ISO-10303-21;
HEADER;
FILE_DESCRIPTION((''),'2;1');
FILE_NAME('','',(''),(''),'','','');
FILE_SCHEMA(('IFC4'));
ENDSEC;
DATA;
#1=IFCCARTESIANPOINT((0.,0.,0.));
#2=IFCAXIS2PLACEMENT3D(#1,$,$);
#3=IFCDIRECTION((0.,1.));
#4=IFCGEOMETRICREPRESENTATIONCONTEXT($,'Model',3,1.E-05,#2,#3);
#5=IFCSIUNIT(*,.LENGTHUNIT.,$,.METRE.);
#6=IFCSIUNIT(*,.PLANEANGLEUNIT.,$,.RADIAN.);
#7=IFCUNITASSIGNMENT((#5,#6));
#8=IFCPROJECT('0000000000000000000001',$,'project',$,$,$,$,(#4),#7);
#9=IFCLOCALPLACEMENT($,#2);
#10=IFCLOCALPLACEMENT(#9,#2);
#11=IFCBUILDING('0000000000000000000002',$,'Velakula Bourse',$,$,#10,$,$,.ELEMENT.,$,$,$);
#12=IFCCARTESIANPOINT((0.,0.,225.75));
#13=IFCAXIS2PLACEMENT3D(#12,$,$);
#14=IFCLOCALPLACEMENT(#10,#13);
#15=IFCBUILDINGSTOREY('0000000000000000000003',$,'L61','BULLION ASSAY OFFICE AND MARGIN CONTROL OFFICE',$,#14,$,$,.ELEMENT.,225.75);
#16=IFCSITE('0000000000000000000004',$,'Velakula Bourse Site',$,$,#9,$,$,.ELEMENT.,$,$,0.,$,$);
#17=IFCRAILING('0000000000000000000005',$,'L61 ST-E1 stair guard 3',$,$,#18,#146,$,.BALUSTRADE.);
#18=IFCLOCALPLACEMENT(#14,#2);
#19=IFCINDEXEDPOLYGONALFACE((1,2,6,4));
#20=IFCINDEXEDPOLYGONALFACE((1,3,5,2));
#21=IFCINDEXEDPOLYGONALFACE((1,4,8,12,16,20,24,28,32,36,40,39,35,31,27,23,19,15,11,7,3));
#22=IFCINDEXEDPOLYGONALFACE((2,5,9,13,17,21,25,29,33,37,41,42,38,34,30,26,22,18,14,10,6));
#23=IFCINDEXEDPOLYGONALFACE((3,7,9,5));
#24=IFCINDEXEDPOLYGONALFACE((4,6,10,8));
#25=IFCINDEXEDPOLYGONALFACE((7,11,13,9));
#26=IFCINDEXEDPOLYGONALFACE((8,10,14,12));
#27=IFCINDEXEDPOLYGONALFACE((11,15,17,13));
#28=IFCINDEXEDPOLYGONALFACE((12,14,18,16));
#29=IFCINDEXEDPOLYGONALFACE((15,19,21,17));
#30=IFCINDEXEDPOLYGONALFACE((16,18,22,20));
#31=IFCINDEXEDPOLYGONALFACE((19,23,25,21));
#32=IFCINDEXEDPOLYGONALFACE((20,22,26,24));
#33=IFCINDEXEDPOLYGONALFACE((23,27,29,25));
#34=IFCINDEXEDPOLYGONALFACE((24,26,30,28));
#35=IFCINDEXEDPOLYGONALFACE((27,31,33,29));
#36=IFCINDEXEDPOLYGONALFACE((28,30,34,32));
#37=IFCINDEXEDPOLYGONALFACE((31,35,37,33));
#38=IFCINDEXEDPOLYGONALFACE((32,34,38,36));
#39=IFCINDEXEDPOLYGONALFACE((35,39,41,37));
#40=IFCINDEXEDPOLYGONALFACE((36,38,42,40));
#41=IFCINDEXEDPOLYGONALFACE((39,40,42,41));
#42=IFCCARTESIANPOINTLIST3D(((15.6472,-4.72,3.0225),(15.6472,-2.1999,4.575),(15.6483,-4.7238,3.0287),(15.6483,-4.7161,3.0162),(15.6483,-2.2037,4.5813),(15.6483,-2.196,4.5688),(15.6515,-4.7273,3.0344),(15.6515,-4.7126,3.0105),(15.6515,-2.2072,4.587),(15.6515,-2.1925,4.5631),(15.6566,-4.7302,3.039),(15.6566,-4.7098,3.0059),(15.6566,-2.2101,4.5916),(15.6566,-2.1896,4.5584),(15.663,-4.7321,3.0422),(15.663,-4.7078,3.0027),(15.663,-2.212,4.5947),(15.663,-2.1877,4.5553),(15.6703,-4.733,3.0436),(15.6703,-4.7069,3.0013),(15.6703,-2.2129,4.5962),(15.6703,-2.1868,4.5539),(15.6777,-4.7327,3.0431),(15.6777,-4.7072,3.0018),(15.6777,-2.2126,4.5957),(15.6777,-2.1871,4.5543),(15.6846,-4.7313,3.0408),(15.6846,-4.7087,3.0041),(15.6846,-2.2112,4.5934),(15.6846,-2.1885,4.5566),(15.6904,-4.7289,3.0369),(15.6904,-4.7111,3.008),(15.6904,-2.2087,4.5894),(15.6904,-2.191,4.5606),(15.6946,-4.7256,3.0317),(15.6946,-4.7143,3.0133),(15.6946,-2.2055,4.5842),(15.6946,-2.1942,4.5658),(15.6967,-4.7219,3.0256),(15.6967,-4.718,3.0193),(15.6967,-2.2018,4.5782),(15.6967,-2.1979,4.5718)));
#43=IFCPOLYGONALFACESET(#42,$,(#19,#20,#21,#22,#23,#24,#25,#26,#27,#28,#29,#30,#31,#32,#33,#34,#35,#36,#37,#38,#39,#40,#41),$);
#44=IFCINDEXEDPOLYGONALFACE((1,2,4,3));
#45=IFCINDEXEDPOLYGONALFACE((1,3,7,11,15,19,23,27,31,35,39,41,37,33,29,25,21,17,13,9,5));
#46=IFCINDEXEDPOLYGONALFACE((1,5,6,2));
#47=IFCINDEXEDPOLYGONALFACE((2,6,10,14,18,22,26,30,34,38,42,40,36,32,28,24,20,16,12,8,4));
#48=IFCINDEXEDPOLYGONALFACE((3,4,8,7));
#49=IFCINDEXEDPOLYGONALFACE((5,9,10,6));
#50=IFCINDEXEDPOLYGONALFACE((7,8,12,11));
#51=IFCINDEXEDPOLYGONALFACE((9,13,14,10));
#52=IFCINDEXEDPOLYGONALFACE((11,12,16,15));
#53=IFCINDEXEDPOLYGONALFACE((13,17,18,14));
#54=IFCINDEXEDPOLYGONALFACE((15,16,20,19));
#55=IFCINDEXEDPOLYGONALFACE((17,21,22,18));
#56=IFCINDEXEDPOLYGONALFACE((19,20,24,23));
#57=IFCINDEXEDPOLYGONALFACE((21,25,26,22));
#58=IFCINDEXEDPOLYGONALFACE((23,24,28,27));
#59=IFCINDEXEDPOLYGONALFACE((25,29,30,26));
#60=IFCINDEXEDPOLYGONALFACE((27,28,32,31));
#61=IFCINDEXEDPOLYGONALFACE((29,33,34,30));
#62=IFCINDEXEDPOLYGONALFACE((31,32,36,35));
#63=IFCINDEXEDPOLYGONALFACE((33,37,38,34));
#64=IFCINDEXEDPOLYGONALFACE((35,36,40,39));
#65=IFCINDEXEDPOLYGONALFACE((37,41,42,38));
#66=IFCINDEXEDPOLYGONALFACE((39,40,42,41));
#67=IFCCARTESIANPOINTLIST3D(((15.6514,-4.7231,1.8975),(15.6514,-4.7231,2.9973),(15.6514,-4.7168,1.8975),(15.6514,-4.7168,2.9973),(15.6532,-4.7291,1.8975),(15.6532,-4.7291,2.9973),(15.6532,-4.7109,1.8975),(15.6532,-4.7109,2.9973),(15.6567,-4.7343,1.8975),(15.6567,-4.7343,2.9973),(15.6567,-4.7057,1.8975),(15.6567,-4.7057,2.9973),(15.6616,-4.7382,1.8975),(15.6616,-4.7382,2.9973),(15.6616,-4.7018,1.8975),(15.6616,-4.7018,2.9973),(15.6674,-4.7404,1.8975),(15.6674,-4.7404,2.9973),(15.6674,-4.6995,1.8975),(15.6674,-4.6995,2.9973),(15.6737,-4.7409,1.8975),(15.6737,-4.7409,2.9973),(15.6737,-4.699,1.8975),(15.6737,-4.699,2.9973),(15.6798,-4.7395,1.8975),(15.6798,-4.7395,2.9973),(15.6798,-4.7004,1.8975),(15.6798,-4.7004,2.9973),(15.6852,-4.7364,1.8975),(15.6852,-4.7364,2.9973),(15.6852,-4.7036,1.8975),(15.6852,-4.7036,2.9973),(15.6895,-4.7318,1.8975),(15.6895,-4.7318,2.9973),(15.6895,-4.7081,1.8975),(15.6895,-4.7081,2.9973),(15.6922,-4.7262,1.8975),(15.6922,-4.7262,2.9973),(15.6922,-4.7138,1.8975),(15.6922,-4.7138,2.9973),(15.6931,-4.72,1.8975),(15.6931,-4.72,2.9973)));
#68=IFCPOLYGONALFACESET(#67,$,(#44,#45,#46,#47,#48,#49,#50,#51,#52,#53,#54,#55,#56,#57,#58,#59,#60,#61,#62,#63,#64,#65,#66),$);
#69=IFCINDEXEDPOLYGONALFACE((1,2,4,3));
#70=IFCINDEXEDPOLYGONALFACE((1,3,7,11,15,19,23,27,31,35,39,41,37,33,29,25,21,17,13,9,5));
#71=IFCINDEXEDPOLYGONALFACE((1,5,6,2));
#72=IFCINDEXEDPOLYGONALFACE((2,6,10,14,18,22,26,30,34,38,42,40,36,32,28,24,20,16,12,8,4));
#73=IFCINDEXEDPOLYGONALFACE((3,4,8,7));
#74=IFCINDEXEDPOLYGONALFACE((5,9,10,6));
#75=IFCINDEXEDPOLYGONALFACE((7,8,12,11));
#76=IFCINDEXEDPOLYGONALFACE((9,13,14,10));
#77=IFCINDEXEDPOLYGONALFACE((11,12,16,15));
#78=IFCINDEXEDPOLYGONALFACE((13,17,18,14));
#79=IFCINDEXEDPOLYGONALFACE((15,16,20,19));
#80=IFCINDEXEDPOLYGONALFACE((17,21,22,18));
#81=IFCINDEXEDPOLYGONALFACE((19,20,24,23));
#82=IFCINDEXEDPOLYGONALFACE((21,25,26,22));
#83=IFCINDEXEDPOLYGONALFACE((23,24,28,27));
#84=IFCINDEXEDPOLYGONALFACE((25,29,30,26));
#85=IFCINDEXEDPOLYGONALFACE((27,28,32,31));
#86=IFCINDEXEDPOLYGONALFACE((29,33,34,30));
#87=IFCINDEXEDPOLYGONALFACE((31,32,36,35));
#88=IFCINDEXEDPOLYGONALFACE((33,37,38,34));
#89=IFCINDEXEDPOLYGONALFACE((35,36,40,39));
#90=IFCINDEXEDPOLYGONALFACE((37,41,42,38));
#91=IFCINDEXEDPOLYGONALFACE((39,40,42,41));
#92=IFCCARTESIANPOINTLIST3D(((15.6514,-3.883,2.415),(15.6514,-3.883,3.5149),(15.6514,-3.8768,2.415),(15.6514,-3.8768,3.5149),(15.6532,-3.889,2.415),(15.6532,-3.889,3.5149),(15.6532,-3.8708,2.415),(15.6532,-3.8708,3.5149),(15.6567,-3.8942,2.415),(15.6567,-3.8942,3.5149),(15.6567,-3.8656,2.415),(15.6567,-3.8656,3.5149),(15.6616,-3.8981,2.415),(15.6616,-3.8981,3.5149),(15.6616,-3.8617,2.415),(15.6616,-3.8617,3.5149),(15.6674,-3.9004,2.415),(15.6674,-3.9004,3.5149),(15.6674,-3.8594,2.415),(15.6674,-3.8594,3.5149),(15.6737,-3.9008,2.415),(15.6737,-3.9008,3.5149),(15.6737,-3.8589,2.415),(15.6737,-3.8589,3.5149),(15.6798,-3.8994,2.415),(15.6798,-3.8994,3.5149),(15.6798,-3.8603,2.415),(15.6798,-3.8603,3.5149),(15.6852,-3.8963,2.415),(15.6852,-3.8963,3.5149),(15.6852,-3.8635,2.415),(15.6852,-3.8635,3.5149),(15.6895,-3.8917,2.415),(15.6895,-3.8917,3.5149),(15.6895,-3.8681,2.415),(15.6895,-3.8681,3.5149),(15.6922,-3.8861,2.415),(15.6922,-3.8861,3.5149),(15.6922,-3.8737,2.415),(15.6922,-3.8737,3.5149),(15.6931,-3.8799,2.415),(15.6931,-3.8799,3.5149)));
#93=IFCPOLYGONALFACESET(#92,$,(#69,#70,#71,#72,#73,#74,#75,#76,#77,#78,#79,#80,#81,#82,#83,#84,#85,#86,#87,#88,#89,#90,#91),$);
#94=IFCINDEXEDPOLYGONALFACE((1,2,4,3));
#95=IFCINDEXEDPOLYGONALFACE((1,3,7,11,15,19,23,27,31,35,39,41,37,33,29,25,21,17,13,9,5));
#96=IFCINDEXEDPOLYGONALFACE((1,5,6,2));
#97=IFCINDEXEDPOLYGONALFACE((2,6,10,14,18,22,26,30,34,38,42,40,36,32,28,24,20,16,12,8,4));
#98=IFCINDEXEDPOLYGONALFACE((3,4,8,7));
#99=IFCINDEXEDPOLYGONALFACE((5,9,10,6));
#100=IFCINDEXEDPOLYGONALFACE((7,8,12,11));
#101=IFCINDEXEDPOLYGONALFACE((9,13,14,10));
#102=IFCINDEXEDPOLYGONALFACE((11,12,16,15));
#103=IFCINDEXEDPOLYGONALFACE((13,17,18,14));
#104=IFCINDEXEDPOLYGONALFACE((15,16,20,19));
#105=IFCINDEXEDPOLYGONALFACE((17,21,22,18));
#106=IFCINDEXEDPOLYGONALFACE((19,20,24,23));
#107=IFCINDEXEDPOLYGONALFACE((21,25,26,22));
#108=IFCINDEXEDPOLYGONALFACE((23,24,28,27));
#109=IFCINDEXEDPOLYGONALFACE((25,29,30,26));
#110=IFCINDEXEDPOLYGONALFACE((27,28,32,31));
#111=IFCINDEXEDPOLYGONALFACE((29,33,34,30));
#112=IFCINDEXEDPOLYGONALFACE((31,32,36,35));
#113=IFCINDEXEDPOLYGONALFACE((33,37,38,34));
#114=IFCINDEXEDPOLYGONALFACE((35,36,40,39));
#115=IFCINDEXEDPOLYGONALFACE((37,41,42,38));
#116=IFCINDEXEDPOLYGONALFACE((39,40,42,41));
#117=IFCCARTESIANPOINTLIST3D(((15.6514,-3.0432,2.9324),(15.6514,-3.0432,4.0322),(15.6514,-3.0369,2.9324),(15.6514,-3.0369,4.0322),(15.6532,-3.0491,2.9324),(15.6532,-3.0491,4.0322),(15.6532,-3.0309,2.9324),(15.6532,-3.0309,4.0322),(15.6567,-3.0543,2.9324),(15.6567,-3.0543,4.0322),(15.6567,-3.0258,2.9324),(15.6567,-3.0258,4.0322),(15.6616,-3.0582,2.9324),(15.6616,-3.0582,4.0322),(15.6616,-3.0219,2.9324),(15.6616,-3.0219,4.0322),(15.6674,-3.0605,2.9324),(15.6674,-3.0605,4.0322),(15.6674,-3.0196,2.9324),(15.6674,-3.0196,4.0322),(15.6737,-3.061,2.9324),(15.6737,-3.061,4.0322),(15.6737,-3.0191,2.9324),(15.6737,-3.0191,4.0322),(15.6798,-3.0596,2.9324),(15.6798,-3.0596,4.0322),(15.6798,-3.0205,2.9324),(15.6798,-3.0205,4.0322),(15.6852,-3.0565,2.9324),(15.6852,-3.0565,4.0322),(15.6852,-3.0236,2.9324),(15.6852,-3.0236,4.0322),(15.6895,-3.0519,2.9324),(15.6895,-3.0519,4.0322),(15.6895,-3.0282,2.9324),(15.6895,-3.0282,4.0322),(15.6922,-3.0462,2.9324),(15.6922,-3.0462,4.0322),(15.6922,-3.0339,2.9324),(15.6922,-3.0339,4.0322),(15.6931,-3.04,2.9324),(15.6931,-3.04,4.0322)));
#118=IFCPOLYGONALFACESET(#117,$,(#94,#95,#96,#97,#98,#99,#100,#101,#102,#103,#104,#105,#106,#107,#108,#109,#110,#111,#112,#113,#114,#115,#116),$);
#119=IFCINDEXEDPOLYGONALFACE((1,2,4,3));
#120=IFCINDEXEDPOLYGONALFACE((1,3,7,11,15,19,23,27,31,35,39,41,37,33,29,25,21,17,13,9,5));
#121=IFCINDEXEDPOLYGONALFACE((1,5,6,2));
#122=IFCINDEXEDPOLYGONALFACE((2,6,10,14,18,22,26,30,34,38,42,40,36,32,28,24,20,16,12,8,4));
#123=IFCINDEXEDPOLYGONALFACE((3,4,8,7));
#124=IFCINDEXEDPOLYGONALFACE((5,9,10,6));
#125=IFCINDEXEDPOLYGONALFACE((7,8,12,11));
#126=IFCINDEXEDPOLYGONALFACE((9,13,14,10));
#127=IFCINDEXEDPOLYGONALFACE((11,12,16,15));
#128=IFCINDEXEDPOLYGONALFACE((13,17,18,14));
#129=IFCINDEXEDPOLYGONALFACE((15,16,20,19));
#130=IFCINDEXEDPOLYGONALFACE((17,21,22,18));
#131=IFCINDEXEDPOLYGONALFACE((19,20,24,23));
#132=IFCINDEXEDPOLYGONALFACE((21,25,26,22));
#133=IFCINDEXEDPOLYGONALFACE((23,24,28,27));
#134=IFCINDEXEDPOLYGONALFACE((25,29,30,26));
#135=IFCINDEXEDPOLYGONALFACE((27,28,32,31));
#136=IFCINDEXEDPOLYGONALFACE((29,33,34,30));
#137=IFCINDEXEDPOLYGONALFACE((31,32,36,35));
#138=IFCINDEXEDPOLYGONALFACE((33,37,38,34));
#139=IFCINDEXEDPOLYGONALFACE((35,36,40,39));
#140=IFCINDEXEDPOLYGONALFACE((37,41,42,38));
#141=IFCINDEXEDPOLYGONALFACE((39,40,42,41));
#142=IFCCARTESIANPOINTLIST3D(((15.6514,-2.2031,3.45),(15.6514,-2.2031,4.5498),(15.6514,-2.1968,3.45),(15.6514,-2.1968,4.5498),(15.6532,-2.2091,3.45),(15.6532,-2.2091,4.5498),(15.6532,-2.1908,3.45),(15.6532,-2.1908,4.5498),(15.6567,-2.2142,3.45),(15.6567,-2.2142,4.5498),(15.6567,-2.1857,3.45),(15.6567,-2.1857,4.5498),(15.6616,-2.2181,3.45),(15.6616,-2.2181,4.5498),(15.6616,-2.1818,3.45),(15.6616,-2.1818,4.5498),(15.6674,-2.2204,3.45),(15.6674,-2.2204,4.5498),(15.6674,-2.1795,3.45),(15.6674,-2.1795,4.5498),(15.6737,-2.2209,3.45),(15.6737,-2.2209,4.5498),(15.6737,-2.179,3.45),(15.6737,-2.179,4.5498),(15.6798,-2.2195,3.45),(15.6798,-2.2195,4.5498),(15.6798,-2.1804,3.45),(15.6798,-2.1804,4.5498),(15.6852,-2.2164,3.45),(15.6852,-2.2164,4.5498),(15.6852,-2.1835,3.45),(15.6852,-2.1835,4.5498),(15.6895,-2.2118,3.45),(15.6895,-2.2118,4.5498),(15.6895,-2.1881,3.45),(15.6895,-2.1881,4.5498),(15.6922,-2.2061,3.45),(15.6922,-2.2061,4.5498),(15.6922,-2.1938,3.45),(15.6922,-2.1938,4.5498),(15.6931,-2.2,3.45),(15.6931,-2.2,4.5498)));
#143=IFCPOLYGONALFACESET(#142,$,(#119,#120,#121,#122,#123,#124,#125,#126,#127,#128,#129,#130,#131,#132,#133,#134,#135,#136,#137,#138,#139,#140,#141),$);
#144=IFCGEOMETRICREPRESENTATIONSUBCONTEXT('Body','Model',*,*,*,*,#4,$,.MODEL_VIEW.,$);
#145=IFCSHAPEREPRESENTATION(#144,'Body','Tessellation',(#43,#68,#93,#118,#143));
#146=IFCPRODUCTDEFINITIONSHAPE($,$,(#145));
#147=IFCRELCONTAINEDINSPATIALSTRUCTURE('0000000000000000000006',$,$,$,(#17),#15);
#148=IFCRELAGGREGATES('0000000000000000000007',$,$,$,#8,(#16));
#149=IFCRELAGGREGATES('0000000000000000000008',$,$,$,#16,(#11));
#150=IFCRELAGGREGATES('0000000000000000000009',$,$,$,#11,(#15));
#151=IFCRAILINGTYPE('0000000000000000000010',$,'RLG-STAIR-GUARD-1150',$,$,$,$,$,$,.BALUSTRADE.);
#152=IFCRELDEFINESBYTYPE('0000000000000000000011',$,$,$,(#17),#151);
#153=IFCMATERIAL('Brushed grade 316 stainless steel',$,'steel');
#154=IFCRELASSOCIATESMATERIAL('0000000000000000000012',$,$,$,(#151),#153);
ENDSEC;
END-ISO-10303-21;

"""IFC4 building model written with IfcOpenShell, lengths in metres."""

from ifc_helpers import new_model, si_unit, direction, frame, origin, origin_2d, place, context, subcontext, project, spatial, circle, extrude, material, type_object, element, save


model = new_model("IFC4")

# Units and contexts
model_context = context("Model", 3, precision=1e-05, world=origin(), true_north=direction((0.0, 1.0)))
body_context = subcontext(model_context, "Body", "Model", "MODEL_VIEW")
ifc_project = project(units=[si_unit("LENGTHUNIT", "METRE"), si_unit("PLANEANGLEUNIT", "RADIAN")], contexts=[model_context])

# Site, building, storey
site_placement = place(None, origin())
site = spatial("IfcSite", under=ifc_project, at=site_placement, Name="Velakula Bourse Site", CompositionType="ELEMENT", RefElevation=0.0)
building_placement = place(site_placement, origin())
building = spatial("IfcBuilding", under=site, at=building_placement, Name="Velakula Bourse", CompositionType="ELEMENT")
storey_placement = place(building_placement, frame((0.0, 0.0, 225.75)))
storey = spatial("IfcBuildingStorey", under=building, at=storey_placement, Name="L61", Description="BULLION ASSAY OFFICE AND MARGIN CONTROL OFFICE", CompositionType="ELEMENT", Elevation=225.75)

# Shared definitions
ifc_material_1 = material(Name="Brushed grade 316 stainless steel", Category="steel")

# Railing
railing_type_1 = type_object("IfcRailingType", Name="RLG-STAIR-GUARD-1150", PredefinedType="BALUSTRADE", material=ifc_material_1)
railing_1_placement = place(storey_placement, frame((15.6721, -4.72, 1.8975)))
element("IfcRailing", 1, at=railing_1_placement, inside=storey, type_object=railing_type_1, Name="L61 ST-E1 stair guard 3", PredefinedType="BALUSTRADE", context=body_context, shape_type="SweptSolid", body=[
    extrude(circle(Radius=0.0249, at=origin_2d()), frame((0.0, 0.0, 1.125), z_axis=(0.0, 0.8514, 0.524516), x_axis=(-1.0, 0.0, 0.0)), (0.0, 0.0, 1.0), 2.96),
    extrude(circle(Radius=0.021, at=origin_2d()), origin(), (0.0, 0.0, 1.0), 1.0999),
    extrude(circle(Radius=0.021, at=origin_2d()), frame((0.0, 0.8401, 0.5176)), (0.0, 0.0, 1.0), 1.0999),
    extrude(circle(Radius=0.021, at=origin_2d()), frame((0.0, 1.6799, 1.0349)), (0.0, 0.0, 1.0), 1.0999),
    extrude(circle(Radius=0.021, at=origin_2d()), frame((0.0, 2.52, 1.5525)), (0.0, 0.0, 1.0), 1.0999),
])

save(model, "model.ifc")
